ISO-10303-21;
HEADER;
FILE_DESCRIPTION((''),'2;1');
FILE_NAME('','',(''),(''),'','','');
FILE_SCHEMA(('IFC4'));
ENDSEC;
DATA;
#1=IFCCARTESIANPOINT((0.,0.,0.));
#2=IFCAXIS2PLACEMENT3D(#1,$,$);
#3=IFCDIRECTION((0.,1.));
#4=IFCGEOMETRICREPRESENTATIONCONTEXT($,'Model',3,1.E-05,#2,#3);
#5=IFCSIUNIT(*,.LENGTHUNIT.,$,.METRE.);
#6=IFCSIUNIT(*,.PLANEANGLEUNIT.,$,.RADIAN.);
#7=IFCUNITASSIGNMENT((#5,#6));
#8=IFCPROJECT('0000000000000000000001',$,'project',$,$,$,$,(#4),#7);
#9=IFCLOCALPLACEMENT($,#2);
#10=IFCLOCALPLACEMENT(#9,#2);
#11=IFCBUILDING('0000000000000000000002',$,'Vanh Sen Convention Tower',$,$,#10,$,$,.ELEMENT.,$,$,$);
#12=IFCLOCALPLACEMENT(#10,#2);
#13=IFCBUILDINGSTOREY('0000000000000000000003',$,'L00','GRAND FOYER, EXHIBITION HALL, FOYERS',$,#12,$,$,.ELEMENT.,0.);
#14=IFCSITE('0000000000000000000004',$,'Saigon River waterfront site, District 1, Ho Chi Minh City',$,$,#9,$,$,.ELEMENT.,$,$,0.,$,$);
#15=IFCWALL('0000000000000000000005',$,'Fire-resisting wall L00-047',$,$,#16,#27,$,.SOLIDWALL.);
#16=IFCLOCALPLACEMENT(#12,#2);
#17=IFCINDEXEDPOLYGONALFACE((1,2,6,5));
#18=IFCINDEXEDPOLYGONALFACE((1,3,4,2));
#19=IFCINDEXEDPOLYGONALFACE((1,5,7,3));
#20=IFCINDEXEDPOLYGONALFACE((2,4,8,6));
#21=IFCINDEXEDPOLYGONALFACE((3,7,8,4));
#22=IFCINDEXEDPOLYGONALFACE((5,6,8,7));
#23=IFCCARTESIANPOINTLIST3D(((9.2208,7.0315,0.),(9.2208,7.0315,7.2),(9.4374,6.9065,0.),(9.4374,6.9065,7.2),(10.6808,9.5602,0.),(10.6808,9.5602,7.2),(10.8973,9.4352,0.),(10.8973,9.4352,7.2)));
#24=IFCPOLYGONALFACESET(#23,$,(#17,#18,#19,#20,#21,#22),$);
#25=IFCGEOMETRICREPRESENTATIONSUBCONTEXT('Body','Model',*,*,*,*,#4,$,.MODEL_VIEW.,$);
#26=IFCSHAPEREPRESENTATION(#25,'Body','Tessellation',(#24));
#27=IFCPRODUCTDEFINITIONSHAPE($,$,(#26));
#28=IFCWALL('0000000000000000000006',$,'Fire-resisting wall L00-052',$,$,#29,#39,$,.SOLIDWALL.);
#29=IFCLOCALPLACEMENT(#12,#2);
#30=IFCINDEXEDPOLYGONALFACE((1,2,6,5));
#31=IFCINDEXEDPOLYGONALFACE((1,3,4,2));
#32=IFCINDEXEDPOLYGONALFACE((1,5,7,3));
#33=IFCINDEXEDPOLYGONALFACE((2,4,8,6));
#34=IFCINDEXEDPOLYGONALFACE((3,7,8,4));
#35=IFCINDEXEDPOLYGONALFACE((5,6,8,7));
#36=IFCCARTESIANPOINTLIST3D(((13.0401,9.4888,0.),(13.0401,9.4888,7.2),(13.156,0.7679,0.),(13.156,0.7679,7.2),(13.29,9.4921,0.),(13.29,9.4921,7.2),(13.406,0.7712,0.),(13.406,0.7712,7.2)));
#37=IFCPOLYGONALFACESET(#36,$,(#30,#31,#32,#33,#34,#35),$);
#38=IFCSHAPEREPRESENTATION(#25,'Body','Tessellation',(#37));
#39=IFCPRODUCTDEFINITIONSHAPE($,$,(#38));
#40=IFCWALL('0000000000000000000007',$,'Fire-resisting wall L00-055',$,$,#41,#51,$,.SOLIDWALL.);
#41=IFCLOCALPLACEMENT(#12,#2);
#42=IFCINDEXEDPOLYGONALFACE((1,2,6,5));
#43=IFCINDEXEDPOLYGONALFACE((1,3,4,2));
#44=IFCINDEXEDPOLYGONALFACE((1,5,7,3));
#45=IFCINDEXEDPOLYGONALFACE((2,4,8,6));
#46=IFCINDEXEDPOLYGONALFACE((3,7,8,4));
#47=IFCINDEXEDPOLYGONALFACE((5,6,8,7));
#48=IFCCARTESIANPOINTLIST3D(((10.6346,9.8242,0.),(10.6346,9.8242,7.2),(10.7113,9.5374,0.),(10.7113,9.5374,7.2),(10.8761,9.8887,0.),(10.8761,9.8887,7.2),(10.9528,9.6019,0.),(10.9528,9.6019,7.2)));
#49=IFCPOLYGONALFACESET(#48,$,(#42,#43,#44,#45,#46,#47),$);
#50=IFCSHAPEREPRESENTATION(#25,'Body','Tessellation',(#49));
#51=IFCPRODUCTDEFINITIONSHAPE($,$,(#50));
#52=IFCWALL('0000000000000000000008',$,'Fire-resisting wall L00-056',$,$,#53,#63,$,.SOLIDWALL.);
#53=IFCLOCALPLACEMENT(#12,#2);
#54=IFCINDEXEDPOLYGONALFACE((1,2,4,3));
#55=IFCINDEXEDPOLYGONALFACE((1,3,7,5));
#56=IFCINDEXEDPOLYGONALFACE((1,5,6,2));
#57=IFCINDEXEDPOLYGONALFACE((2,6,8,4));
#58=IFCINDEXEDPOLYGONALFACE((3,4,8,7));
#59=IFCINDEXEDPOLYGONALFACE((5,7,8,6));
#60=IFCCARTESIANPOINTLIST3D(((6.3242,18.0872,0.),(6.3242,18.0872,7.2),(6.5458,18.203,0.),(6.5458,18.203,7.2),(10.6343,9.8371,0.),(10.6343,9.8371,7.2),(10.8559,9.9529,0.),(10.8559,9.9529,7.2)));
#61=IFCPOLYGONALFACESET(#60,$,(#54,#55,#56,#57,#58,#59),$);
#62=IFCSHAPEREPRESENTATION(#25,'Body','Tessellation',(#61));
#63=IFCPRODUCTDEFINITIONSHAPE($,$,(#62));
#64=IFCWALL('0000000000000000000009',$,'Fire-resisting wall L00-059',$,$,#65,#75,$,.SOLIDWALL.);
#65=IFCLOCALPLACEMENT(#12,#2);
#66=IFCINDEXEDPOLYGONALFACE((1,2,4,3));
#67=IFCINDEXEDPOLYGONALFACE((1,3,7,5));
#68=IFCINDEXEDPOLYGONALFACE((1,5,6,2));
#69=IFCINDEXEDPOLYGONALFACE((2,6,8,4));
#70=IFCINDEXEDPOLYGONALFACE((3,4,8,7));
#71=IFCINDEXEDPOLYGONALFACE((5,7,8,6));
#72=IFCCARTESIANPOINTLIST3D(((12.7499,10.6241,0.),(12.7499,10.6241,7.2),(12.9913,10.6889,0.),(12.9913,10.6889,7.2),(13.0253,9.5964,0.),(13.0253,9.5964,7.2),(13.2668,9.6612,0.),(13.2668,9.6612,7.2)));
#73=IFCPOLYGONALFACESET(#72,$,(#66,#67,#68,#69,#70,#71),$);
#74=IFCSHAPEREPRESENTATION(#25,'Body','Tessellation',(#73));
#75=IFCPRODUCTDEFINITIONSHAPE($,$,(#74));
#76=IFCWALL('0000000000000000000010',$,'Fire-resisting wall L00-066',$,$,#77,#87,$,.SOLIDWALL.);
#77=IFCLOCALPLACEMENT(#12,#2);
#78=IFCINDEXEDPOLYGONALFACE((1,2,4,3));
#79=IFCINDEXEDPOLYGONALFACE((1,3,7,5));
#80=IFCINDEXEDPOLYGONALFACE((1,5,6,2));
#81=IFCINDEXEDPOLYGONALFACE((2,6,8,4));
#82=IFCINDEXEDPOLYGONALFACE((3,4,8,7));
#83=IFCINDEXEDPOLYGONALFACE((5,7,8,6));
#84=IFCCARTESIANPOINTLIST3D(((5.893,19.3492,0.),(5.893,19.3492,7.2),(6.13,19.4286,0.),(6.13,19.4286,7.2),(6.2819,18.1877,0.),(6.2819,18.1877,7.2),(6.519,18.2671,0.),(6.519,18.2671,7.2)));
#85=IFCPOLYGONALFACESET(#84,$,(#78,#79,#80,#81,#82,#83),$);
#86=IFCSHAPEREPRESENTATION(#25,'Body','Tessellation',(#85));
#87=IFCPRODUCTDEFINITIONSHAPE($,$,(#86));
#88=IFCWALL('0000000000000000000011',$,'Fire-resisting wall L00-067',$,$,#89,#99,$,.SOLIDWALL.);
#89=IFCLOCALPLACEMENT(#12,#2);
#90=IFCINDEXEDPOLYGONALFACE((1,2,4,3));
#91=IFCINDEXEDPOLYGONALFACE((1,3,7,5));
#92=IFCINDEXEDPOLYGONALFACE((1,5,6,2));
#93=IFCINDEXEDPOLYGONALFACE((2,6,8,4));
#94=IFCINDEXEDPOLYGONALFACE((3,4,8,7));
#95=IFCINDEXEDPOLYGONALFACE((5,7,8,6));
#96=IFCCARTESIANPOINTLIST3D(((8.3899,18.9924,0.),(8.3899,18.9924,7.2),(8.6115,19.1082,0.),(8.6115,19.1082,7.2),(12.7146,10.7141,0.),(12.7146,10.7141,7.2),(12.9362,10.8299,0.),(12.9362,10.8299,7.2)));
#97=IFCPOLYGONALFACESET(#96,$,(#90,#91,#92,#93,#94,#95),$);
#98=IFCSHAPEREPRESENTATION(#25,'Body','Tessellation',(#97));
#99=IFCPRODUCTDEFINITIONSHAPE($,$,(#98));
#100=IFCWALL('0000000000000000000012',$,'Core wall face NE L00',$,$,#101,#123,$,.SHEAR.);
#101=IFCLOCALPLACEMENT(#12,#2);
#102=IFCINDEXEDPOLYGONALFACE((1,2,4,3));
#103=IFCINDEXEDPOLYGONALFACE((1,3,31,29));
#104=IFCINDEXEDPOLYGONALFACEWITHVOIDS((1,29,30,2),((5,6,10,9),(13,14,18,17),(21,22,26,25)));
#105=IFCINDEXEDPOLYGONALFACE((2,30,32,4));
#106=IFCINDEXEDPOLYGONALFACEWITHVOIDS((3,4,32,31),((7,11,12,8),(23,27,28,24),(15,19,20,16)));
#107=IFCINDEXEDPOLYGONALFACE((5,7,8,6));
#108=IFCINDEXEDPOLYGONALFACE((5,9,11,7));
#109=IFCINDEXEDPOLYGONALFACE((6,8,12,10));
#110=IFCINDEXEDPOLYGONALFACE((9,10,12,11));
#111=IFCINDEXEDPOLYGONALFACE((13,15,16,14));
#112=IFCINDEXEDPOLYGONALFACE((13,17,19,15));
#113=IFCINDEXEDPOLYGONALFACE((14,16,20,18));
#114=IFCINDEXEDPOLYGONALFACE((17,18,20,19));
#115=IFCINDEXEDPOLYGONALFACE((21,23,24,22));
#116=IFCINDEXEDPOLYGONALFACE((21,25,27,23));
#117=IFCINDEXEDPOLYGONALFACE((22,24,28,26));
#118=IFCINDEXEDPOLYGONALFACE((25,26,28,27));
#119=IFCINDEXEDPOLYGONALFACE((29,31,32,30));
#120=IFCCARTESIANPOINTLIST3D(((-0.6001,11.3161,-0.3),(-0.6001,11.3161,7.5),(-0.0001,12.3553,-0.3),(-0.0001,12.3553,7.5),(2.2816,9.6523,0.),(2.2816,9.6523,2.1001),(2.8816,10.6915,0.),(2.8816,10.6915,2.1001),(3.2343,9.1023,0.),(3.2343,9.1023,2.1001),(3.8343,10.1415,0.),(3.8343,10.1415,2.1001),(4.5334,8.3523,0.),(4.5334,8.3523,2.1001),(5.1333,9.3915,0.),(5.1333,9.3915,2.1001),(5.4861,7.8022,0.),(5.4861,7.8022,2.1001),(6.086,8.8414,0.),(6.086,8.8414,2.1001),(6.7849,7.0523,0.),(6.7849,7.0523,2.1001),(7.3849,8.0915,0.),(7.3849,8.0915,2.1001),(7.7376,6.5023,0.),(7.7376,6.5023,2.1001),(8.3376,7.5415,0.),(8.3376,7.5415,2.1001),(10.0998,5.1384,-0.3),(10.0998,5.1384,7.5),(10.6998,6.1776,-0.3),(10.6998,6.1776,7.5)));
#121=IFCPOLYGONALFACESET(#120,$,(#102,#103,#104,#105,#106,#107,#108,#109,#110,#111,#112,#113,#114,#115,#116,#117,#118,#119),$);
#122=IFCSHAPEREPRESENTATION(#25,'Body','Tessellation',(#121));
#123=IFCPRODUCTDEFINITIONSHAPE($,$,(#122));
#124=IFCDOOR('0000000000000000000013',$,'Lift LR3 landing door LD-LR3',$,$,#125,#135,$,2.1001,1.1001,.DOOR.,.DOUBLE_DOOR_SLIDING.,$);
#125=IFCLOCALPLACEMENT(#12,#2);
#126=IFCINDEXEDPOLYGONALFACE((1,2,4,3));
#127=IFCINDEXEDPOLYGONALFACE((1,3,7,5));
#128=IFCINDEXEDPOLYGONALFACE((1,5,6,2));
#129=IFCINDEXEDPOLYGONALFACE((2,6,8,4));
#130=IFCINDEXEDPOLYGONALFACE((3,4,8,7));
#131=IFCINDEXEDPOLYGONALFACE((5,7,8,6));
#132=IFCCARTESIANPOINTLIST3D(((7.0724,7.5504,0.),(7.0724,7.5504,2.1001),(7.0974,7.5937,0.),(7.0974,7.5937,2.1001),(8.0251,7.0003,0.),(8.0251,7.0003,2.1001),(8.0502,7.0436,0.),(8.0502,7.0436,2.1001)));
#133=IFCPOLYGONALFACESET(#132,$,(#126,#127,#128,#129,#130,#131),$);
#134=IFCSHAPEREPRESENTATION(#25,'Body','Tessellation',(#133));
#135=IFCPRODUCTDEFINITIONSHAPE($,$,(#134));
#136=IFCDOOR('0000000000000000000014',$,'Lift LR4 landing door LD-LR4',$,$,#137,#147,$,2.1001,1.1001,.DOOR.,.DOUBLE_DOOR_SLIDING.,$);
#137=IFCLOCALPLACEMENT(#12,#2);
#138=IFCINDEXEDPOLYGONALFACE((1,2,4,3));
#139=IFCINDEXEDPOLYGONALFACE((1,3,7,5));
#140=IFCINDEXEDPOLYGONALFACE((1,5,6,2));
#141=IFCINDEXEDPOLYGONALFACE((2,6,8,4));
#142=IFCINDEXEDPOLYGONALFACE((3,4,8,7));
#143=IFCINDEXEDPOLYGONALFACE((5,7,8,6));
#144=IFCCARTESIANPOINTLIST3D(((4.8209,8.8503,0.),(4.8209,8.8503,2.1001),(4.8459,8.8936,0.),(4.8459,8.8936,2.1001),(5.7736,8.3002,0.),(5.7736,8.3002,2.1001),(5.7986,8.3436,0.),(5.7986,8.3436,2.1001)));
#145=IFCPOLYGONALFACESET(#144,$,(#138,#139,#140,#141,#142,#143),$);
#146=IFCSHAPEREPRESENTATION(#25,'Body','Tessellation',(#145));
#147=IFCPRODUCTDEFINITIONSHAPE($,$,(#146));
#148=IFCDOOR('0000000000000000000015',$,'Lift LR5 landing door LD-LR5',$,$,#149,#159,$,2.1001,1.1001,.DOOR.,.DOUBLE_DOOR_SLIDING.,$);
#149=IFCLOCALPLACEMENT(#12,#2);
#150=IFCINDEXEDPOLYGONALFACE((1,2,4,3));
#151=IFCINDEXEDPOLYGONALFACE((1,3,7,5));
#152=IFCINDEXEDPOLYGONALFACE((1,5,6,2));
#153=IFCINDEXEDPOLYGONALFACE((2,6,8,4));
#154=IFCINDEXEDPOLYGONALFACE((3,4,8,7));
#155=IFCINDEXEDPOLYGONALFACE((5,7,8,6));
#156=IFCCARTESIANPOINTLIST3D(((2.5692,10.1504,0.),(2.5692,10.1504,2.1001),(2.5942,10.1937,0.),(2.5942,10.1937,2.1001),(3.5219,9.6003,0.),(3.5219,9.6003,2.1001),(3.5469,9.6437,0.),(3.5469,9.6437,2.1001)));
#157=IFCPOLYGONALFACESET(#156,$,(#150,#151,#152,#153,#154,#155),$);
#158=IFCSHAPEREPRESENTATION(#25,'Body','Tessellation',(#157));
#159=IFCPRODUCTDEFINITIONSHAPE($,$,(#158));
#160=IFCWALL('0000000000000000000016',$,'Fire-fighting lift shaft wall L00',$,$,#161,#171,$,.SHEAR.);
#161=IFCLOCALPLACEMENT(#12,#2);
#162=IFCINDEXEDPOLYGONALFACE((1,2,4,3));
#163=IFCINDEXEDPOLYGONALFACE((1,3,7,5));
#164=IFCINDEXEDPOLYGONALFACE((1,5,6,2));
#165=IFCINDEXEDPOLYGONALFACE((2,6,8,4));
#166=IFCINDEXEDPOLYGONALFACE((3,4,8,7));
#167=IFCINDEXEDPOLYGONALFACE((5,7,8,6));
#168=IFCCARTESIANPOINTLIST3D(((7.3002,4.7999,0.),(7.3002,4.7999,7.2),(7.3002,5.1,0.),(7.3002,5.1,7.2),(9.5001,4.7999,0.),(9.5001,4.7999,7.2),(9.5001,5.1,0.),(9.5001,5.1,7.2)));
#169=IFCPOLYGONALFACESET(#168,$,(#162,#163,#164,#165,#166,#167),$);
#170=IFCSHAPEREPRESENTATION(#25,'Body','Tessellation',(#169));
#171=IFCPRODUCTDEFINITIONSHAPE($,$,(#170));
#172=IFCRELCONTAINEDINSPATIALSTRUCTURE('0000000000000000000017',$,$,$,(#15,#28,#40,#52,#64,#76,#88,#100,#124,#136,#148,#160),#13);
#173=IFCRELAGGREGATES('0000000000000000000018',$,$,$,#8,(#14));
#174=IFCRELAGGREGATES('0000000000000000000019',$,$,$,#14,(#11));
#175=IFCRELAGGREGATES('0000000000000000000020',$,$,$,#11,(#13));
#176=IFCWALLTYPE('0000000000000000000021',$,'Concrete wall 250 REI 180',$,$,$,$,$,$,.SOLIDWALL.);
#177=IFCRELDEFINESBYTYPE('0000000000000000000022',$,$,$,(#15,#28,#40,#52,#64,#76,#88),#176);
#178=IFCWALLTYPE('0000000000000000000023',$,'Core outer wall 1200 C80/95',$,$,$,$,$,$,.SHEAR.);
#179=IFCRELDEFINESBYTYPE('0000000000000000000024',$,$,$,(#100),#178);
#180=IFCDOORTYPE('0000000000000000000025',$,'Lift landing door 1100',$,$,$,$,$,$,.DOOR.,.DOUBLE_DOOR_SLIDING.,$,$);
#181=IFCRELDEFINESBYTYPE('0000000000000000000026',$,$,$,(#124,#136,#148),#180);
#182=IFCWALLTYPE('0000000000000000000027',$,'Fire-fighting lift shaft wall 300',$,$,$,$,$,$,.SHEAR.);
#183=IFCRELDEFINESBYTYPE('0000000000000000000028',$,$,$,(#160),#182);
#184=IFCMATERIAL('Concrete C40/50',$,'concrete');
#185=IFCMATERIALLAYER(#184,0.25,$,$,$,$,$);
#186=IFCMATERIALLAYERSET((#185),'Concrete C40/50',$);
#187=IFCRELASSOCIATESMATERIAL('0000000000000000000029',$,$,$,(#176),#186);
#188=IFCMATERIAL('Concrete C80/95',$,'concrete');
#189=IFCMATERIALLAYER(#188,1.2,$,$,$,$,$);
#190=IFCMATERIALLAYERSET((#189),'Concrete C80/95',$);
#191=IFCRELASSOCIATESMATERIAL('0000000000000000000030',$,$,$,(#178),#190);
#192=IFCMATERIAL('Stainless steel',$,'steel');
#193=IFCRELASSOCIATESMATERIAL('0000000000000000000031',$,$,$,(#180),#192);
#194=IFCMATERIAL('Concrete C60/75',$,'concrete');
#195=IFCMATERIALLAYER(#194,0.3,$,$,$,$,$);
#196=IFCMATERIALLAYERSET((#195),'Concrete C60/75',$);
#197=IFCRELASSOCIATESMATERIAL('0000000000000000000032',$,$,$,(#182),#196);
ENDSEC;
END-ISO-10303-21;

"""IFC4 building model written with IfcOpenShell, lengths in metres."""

from ifc_helpers import new_model, si_unit, direction, frame, frame_2d, origin, place, context, subcontext, project, spatial, rectangle, extrude, material, layer, layer_set, type_object, element, fill, save


model = new_model("IFC4")

# Units and contexts
model_context = context("Model", 3, precision=1e-05, world=origin(), true_north=direction((0.0, 1.0)))
body_context = subcontext(model_context, "Body", "Model", "MODEL_VIEW")
ifc_project = project(units=[si_unit("LENGTHUNIT", "METRE"), si_unit("PLANEANGLEUNIT", "RADIAN")], contexts=[model_context])

# Site, building, storey
site_placement = place(None, origin())
site = spatial("IfcSite", under=ifc_project, at=site_placement, Name="Saigon River waterfront site, District 1, Ho Chi Minh City", CompositionType="ELEMENT", RefElevation=0.0)
building_placement = place(site_placement, origin())
building = spatial("IfcBuilding", under=site, at=building_placement, Name="Vanh Sen Convention Tower", CompositionType="ELEMENT")
storey_placement = place(building_placement, origin())
storey = spatial("IfcBuildingStorey", under=building, at=storey_placement, Name="L00", Description="GRAND FOYER, EXHIBITION HALL, FOYERS", CompositionType="ELEMENT", Elevation=0.0)

# Shared definitions
ifc_material_1 = material(Name="Concrete C40/50", Category="concrete")

# Shared definitions
ifc_material_2 = material(Name="Concrete C80/95", Category="concrete")

# Walls
ifc_layer_1 = layer(ifc_material_1, 0.25)
ifc_layer_set_1 = layer_set([ifc_layer_1], Name="Concrete C40/50")
wall_type_1 = type_object("IfcWallType", Name="Concrete wall 250 REI 180", PredefinedType="SOLIDWALL", material=ifc_layer_set_1)
wall_1_placement = place(storey_placement, frame((9.3291, 6.969, 0.0), z_axis=(0.0, 0.0, 1.0), x_axis=(0.499988, 0.866032, 0.0)))
element("IfcWall", 1, at=wall_1_placement, inside=storey, type_object=wall_type_1, Name="Fire-resisting wall L00-047", PredefinedType="SOLIDWALL", context=body_context, shape_type="SweptSolid", body=[
    extrude(rectangle(XDim=2.9199, YDim=0.25, at=frame_2d((1.46, 0.0))), origin(), (0.0, 0.0, 1.0), 7.2),
])
wall_2_placement = place(storey_placement, frame((13.165, 9.4905, 0.0), z_axis=(0.0, 0.0, 1.0), x_axis=(0.013296, -0.999912, 0.0)))
element("IfcWall", 2, at=wall_2_placement, inside=storey, type_object=wall_type_1, Name="Fire-resisting wall L00-052", PredefinedType="SOLIDWALL", context=body_context, shape_type="SweptSolid", body=[
    extrude(rectangle(XDim=8.7217, YDim=0.25, at=frame_2d((4.3608, 0.0))), origin(), (0.0, 0.0, 1.0), 7.2),
])
wall_3_placement = place(storey_placement, frame((10.7554, 9.8564, 0.0), z_axis=(0.0, 0.0, 1.0), x_axis=(0.258174, -0.966098, 0.0)))
element("IfcWall", 3, at=wall_3_placement, inside=storey, type_object=wall_type_1, Name="Fire-resisting wall L00-055", PredefinedType="SOLIDWALL", context=body_context, shape_type="SweptSolid", body=[
    extrude(rectangle(XDim=0.2969, YDim=0.25, at=frame_2d((0.1484, 0.0))), origin(), (0.0, 0.0, 1.0), 7.2),
])
wall_4_placement = place(storey_placement, frame((10.7451, 9.895, 0.0), z_axis=(0.0, 0.0, 1.0), x_axis=(-0.463048, 0.886333, 0.0)))
element("IfcWall", 4, at=wall_4_placement, inside=storey, type_object=wall_type_1, Name="Fire-resisting wall L00-056", PredefinedType="SOLIDWALL", context=body_context, shape_type="SweptSolid", body=[
    extrude(rectangle(XDim=9.3081, YDim=0.25, at=frame_2d((4.6541, 0.0))), origin(), (0.0, 0.0, 1.0), 7.2),
])
wall_5_placement = place(storey_placement, frame((12.8706, 10.6565, 0.0), z_axis=(0.0, 0.0, 1.0), x_axis=(0.258862, -0.965914, 0.0)))
element("IfcWall", 5, at=wall_5_placement, inside=storey, type_object=wall_type_1, Name="Fire-resisting wall L00-059", PredefinedType="SOLIDWALL", context=body_context, shape_type="SweptSolid", body=[
    extrude(rectangle(XDim=1.064, YDim=0.25, at=frame_2d((0.532, 0.0))), origin(), (0.0, 0.0, 1.0), 7.2),
])
wall_6_placement = place(storey_placement, frame((6.4004, 18.2275, 0.0), z_axis=(0.0, 0.0, 1.0), x_axis=(-0.317543, 0.948244, 0.0)))
element("IfcWall", 6, at=wall_6_placement, inside=storey, type_object=wall_type_1, Name="Fire-resisting wall L00-066", PredefinedType="SOLIDWALL", context=body_context, shape_type="SweptSolid", body=[
    extrude(rectangle(XDim=1.2249, YDim=0.25, at=frame_2d((0.6123, 0.0))), origin(), (0.0, 0.0, 1.0), 7.2),
])
wall_7_placement = place(storey_placement, frame((8.5007, 19.0503, 0.0), z_axis=(0.0, 0.0, 1.0), x_axis=(0.463036, -0.88634, 0.0)))
element("IfcWall", 7, at=wall_7_placement, inside=storey, type_object=wall_type_1, Name="Fire-resisting wall L00-067", PredefinedType="SOLIDWALL", context=body_context, shape_type="SweptSolid", body=[
    extrude(rectangle(XDim=9.3398, YDim=0.25, at=frame_2d((4.6699, 0.0))), origin(), (0.0, 0.0, 1.0), 7.2),
])

# Wall, openings, doors
ifc_layer_2 = layer(ifc_material_2, 1.2)
ifc_layer_set_2 = layer_set([ifc_layer_2], Name="Concrete C80/95")
wall_type_2 = type_object("IfcWallType", Name="Core outer wall 1200 C80/95", PredefinedType="SHEAR", material=ifc_layer_set_2)
wall_8_placement = place(storey_placement, frame((10.3999, 5.658, -0.3), z_axis=(0.0, 0.0, 1.0), x_axis=(-0.866021, 0.500007, 0.0)))
wall_8 = element("IfcWall", 8, at=wall_8_placement, inside=storey, type_object=wall_type_2, Name="Core wall face NE L00", PredefinedType="SHEAR", context=body_context, shape_type="SweptSolid", body=[
    extrude(rectangle(XDim=12.3552, YDim=1.2, at=frame_2d((6.1777, 0.0))), origin(), (0.0, 0.0, 1.0), 7.8),
])
opening_1_placement = place(wall_8_placement, frame((2.7278, 0.0, 0.3)))
opening_1 = element("IfcOpeningElement", 9, at=opening_1_placement, cuts=wall_8, PredefinedType="OPENING", context=body_context, shape_type="SweptSolid", body=[
    extrude(rectangle(XDim=1.1001, YDim=2.1001, at=frame_2d((0.55, 1.05))), frame((0.0, 0.6099, 0.0), z_axis=(0.0, -1.0, 0.0), x_axis=(1.0, 0.0, 0.0)), (0.0, 0.0, 1.0), 1.22),
])
opening_2_placement = place(wall_8_placement, frame((5.3276, 0.0, 0.3)))
opening_2 = element("IfcOpeningElement", 10, at=opening_2_placement, cuts=wall_8, PredefinedType="OPENING", context=body_context, shape_type="SweptSolid", body=[
    extrude(rectangle(XDim=1.1001, YDim=2.1001, at=frame_2d((0.55, 1.05))), frame((0.0, 0.6099, 0.0), z_axis=(0.0, -1.0, 0.0), x_axis=(1.0, 0.0, 0.0)), (0.0, 0.0, 1.0), 1.22),
])
opening_3_placement = place(wall_8_placement, frame((7.9277, 0.0, 0.3)))
opening_3 = element("IfcOpeningElement", 11, at=opening_3_placement, cuts=wall_8, PredefinedType="OPENING", context=body_context, shape_type="SweptSolid", body=[
    extrude(rectangle(XDim=1.1001, YDim=2.1001, at=frame_2d((0.55, 1.05))), frame((0.0, 0.6099, 0.0), z_axis=(0.0, -1.0, 0.0), x_axis=(1.0, 0.0, 0.0)), (0.0, 0.0, 1.0), 1.22),
])
ifc_material_3 = material(Name="Stainless steel", Category="steel")
door_type = type_object("IfcDoorType", Name="Lift landing door 1100", OperationType="DOUBLE_DOOR_SLIDING", PredefinedType="DOOR", material=ifc_material_3)
door_1_placement = place(opening_1_placement, origin())
door_1 = element("IfcDoor", 12, at=door_1_placement, inside=storey, type_object=door_type, Name="Lift LR3 landing door LD-LR3", OperationType="DOUBLE_DOOR_SLIDING", OverallHeight=2.1001, OverallWidth=1.1001, PredefinedType="DOOR", context=body_context, shape_type="SweptSolid", body=[
    extrude(rectangle(XDim=1.1001, YDim=2.1001, at=frame_2d((0.55, 1.05))), frame((0.0, 0.0249, 0.0), z_axis=(0.0, -1.0, 0.0), x_axis=(1.0, 0.0, 0.0)), (0.0, 0.0, 1.0), 0.05),
])
fill(opening_1, door_1)
door_2_placement = place(opening_2_placement, origin())
door_2 = element("IfcDoor", 13, at=door_2_placement, inside=storey, type_object=door_type, Name="Lift LR4 landing door LD-LR4", OperationType="DOUBLE_DOOR_SLIDING", OverallHeight=2.1001, OverallWidth=1.1001, PredefinedType="DOOR", context=body_context, shape_type="SweptSolid", body=[
    extrude(rectangle(XDim=1.1001, YDim=2.1001, at=frame_2d((0.55, 1.05))), frame((0.0, 0.0249, 0.0), z_axis=(0.0, -1.0, 0.0), x_axis=(1.0, 0.0, 0.0)), (0.0, 0.0, 1.0), 0.05),
])
fill(opening_2, door_2)
door_3_placement = place(opening_3_placement, origin())
door_3 = element("IfcDoor", 14, at=door_3_placement, inside=storey, type_object=door_type, Name="Lift LR5 landing door LD-LR5", OperationType="DOUBLE_DOOR_SLIDING", OverallHeight=2.1001, OverallWidth=1.1001, PredefinedType="DOOR", context=body_context, shape_type="SweptSolid", body=[
    extrude(rectangle(XDim=1.1001, YDim=2.1001, at=frame_2d((0.55, 1.05))), frame((0.0, 0.0249, 0.0), z_axis=(0.0, -1.0, 0.0), x_axis=(1.0, 0.0, 0.0)), (0.0, 0.0, 1.0), 0.05),
])
fill(opening_3, door_3)

# Wall
ifc_material_4 = material(Name="Concrete C60/75", Category="concrete")
ifc_layer_3 = layer(ifc_material_4, 0.3)
ifc_layer_set_3 = layer_set([ifc_layer_3], Name="Concrete C60/75")
wall_type_3 = type_object("IfcWallType", Name="Fire-fighting lift shaft wall 300", PredefinedType="SHEAR", material=ifc_layer_set_3)
wall_9_placement = place(storey_placement, frame((7.3, 4.95, 0.0), z_axis=(0.0, 0.0, 1.0), x_axis=(1.0, 0.0, 0.0)))
element("IfcWall", 15, at=wall_9_placement, inside=storey, type_object=wall_type_3, Name="Fire-fighting lift shaft wall L00", PredefinedType="SHEAR", context=body_context, shape_type="SweptSolid", body=[
    extrude(rectangle(XDim=2.2, YDim=0.3, at=frame_2d((1.1001, 0.0))), origin(), (0.0, 0.0, 1.0), 7.2),
])

save(model, "model.ifc")
